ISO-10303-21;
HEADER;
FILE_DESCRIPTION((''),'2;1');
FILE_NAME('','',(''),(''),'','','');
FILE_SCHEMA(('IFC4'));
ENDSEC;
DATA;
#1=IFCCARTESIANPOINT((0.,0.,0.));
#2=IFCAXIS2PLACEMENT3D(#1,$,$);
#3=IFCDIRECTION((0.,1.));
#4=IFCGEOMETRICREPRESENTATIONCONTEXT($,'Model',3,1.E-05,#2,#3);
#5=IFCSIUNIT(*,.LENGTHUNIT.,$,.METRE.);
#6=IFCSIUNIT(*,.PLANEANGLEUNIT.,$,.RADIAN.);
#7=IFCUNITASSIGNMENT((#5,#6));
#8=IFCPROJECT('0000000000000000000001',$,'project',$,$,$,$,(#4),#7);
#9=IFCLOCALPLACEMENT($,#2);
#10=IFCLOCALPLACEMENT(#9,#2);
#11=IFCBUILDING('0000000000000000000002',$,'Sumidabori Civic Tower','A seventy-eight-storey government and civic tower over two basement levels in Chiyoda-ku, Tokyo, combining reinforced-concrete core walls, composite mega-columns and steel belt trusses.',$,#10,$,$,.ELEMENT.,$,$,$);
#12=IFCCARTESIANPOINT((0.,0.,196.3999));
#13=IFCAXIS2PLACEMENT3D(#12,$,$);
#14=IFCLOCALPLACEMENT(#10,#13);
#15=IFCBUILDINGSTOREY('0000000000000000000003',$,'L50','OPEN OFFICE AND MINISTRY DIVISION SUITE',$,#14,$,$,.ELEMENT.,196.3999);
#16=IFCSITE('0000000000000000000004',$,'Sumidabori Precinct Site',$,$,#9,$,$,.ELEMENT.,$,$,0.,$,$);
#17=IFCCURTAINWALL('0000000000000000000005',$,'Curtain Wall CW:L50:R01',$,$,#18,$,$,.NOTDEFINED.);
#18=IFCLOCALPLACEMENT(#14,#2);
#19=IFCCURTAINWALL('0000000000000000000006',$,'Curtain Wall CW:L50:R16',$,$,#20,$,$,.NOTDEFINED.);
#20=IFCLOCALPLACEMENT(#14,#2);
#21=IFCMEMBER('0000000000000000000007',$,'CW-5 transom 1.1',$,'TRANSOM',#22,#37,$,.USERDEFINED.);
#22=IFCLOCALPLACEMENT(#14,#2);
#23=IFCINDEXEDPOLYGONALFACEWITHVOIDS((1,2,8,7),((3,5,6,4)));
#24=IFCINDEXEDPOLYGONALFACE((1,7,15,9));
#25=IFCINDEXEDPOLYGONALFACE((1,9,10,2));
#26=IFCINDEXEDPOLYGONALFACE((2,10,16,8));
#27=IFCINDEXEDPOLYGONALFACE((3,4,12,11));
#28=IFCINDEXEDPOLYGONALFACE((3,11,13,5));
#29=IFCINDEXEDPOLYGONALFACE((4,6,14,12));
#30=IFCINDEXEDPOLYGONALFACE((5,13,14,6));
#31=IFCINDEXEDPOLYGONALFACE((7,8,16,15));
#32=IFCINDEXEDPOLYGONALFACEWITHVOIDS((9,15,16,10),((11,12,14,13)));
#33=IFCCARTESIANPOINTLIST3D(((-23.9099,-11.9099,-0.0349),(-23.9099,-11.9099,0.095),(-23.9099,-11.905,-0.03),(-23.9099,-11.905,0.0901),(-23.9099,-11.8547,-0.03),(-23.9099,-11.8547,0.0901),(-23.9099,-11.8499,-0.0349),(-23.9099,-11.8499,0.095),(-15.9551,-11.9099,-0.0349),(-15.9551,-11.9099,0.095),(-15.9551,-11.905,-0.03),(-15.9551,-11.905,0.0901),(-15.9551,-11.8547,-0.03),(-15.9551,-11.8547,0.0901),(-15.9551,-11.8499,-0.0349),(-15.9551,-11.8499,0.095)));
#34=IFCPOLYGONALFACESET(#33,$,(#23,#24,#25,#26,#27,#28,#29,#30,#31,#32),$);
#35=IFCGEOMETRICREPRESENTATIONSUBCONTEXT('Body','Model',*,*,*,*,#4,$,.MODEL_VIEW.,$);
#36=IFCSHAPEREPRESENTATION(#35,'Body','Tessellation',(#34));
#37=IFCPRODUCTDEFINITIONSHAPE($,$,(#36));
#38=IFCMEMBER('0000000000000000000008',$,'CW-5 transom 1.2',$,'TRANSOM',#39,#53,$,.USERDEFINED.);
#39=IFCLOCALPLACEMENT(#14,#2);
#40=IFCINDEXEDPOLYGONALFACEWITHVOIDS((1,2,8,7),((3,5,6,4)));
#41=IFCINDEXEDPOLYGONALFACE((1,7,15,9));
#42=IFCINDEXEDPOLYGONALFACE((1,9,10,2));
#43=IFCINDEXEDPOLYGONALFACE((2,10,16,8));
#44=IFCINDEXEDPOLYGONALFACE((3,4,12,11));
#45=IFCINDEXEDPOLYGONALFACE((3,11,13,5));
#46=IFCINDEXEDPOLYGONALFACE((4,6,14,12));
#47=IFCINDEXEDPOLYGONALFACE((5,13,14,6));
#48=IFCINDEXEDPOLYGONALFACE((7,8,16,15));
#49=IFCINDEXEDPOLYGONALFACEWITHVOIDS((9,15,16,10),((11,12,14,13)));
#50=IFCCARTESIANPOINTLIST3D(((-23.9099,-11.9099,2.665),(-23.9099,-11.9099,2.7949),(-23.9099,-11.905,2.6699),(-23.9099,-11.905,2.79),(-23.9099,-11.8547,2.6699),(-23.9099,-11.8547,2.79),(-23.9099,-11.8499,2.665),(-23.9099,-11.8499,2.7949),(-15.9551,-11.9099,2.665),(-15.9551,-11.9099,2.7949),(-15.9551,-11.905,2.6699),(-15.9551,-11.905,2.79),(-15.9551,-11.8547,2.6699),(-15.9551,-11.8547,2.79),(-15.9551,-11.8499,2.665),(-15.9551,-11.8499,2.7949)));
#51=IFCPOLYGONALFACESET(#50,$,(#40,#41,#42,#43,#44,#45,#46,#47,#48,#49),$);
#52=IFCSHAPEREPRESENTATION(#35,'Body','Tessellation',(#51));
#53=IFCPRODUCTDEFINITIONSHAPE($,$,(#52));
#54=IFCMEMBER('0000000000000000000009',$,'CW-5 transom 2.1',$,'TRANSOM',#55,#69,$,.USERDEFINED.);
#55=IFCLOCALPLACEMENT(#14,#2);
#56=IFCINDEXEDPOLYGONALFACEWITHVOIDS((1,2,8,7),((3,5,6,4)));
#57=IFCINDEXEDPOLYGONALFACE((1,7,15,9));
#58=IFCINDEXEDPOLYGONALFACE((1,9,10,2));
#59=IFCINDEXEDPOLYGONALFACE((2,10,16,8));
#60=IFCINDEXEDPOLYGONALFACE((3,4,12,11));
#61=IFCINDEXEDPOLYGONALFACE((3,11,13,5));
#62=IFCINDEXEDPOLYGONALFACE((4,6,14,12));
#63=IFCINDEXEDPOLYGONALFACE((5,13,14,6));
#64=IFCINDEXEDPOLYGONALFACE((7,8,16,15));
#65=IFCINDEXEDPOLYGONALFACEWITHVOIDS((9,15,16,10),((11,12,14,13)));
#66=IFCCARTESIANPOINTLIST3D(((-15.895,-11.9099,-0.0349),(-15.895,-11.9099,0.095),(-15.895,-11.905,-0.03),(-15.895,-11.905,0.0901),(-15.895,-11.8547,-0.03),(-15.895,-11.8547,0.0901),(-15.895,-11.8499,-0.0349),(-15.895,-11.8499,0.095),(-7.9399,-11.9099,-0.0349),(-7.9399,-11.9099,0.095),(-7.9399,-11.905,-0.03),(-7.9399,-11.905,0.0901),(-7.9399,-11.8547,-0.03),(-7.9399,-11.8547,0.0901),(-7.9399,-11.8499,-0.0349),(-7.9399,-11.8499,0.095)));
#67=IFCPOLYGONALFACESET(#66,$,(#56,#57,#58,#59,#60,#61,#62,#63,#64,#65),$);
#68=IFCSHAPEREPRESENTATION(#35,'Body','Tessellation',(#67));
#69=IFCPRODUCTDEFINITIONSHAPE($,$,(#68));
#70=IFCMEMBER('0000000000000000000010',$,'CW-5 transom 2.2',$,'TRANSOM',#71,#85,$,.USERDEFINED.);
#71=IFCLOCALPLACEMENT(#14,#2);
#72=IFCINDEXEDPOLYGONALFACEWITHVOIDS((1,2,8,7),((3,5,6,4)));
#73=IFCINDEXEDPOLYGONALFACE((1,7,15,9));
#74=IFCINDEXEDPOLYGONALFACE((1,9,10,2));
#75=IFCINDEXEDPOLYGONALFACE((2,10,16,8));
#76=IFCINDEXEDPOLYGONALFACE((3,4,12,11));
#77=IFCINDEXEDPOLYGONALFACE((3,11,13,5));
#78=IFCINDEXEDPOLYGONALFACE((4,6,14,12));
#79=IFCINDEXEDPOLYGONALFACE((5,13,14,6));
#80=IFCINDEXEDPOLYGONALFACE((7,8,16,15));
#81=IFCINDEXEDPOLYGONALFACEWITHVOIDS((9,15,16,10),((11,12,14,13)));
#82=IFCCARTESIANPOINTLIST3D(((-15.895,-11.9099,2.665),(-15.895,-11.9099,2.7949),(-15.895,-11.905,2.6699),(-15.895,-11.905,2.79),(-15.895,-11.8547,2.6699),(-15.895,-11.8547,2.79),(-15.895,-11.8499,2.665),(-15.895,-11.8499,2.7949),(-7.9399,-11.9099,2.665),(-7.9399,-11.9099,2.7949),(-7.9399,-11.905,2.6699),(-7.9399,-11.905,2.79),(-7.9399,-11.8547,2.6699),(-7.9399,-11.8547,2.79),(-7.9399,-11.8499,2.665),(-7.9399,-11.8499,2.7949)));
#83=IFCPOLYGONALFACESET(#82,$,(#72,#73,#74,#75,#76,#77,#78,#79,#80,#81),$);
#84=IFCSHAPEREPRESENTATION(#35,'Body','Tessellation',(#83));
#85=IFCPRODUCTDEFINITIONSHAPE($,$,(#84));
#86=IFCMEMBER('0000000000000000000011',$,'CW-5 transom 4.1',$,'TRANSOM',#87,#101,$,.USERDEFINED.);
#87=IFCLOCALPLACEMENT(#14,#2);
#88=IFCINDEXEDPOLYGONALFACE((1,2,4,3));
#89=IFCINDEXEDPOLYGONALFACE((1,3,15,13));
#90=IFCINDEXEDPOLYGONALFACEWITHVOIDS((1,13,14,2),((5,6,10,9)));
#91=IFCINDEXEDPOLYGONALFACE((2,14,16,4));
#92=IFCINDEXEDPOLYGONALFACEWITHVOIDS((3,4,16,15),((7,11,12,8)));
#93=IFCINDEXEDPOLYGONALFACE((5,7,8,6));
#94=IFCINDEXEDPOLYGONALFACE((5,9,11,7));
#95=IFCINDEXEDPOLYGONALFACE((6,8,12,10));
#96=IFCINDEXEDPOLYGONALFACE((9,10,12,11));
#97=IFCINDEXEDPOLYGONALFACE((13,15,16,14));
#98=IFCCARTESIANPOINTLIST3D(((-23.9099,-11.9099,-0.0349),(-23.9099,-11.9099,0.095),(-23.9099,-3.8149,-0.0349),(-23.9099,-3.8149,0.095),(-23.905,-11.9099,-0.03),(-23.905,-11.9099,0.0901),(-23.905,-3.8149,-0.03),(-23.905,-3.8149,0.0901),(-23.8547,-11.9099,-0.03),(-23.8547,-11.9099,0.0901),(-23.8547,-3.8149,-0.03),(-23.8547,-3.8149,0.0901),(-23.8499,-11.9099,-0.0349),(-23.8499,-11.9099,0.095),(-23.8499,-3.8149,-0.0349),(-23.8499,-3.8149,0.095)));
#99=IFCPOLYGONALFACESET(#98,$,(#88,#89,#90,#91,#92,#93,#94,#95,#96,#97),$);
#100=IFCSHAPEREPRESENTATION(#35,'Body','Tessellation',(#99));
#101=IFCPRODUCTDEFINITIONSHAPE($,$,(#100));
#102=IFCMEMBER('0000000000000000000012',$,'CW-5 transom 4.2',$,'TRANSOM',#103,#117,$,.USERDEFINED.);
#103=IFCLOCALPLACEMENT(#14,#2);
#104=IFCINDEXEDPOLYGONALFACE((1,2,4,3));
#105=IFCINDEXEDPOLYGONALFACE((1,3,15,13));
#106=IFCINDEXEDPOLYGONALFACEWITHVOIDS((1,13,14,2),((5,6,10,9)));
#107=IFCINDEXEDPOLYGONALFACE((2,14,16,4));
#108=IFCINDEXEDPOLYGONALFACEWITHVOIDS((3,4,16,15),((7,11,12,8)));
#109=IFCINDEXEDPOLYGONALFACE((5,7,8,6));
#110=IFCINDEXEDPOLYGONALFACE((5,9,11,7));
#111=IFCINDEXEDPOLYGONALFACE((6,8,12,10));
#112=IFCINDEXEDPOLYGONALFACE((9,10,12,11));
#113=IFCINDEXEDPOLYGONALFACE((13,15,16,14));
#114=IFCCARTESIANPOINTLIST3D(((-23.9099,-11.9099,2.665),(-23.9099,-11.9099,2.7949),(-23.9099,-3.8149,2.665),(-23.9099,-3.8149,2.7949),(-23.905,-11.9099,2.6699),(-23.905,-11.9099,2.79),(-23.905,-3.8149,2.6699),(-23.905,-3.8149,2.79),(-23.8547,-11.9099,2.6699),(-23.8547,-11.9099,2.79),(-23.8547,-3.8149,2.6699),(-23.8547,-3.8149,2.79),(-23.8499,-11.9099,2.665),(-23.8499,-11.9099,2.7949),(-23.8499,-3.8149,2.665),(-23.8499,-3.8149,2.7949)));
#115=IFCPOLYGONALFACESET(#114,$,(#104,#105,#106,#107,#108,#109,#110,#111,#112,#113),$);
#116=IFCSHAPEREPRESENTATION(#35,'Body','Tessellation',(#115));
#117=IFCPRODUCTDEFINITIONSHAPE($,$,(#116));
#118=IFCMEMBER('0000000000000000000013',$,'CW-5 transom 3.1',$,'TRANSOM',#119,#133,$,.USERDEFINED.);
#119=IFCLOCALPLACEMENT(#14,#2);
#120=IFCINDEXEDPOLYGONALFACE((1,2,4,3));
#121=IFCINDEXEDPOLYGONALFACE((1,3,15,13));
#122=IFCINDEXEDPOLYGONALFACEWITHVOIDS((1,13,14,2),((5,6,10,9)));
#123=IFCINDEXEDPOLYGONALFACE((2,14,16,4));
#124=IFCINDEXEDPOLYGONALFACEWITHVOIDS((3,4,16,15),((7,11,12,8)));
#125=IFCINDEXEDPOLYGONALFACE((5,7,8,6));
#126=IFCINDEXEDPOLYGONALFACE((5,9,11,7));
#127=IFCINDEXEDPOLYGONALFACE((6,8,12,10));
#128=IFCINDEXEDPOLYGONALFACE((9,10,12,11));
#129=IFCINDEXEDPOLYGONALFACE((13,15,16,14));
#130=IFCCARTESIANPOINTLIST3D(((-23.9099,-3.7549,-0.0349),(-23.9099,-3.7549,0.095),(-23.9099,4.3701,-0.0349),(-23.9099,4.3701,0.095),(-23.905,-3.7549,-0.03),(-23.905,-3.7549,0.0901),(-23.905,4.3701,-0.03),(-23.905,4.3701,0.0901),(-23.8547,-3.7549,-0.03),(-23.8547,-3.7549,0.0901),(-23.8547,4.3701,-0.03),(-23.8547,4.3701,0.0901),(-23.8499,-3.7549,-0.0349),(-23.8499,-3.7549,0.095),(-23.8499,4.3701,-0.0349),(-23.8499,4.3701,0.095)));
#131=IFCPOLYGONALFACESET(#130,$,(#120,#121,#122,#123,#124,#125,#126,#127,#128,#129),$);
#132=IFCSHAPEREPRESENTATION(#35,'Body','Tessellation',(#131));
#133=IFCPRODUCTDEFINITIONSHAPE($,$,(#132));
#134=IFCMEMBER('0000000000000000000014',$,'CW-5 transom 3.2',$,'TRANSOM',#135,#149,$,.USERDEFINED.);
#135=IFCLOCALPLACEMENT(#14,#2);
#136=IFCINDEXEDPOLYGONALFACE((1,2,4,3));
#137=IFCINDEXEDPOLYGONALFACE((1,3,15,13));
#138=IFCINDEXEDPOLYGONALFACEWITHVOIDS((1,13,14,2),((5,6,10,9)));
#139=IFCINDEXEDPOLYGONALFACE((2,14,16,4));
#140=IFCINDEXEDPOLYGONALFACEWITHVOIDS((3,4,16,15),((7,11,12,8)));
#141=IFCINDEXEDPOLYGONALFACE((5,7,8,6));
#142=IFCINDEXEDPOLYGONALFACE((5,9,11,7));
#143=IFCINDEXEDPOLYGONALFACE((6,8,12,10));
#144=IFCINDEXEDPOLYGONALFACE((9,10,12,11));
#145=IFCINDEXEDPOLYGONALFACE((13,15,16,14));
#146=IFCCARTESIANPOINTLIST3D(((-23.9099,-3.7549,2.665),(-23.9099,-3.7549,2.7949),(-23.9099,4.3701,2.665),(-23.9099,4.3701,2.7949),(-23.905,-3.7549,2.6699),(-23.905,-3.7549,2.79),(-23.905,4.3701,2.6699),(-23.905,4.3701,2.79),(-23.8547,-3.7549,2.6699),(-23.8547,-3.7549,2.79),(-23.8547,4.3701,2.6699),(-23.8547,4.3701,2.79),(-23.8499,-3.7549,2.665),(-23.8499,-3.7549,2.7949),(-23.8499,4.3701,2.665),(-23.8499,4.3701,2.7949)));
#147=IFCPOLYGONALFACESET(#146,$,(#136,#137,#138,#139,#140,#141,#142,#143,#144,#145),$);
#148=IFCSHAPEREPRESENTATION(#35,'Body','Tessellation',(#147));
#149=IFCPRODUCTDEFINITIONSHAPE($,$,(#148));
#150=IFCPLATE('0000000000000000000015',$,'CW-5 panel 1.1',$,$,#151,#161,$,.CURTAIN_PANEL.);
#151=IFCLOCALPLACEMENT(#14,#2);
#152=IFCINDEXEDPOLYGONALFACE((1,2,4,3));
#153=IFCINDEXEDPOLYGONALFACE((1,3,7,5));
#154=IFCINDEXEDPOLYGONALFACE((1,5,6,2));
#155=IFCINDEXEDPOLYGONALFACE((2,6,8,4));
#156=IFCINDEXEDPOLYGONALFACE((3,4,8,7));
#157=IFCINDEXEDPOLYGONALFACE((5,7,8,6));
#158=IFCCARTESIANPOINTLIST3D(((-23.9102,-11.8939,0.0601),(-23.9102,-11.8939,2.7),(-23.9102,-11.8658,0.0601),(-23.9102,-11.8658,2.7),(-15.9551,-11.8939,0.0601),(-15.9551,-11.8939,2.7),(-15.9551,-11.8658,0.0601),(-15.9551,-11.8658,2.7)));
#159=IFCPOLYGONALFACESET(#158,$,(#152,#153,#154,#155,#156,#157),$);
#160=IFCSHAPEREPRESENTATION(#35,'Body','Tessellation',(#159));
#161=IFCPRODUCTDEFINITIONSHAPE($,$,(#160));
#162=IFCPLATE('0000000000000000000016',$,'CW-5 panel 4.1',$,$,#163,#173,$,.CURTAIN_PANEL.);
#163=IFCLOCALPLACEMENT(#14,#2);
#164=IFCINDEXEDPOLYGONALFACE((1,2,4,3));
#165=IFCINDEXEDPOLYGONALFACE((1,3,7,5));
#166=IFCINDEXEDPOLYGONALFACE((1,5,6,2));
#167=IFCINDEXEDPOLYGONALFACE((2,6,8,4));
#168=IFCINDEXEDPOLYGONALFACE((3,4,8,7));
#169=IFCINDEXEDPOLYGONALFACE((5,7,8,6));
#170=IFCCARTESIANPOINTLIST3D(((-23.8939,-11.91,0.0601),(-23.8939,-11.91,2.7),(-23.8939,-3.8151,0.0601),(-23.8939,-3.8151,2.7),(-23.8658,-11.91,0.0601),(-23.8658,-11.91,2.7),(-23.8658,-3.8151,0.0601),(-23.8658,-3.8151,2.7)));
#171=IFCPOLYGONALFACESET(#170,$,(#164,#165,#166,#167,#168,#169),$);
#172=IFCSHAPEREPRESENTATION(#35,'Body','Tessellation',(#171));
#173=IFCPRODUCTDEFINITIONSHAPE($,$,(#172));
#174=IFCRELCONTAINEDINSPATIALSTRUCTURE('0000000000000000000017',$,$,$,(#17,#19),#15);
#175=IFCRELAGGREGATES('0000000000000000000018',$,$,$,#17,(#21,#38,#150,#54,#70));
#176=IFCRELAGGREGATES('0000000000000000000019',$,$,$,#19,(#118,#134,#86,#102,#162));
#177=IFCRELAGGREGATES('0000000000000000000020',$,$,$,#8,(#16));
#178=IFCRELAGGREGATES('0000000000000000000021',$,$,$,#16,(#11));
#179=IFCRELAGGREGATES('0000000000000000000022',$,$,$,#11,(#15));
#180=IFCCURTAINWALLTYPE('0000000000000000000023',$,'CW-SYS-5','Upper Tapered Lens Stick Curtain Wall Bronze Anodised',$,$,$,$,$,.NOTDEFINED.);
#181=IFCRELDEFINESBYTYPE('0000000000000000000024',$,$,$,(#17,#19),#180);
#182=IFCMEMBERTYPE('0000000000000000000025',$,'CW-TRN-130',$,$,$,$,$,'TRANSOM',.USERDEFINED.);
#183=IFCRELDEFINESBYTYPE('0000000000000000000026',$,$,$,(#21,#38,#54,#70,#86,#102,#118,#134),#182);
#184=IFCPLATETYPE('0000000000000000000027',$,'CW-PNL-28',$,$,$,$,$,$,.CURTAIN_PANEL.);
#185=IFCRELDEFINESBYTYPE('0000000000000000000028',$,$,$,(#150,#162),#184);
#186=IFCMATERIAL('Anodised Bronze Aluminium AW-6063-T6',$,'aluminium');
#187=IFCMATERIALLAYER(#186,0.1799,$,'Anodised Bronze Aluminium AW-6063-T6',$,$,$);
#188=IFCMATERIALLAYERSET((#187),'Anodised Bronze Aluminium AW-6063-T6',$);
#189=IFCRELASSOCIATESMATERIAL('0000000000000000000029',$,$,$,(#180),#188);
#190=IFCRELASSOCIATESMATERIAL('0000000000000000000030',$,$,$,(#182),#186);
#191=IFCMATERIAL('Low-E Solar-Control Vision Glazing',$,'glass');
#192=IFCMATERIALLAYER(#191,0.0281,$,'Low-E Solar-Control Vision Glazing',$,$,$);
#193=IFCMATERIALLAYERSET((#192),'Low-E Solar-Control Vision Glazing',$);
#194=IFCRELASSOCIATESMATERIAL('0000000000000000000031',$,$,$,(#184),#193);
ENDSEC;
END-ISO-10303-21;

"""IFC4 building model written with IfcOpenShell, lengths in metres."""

from ifc_helpers import new_model, si_unit, direction, frame, origin, origin_2d, place, context, subcontext, project, spatial, rectangle, hollow_rectangle, extrude, source, transform, mapped, material, layer, layer_set, material_profile, profile_set, type_object, element, aggregate, save


model = new_model("IFC4")

# Units and contexts
model_context = context("Model", 3, precision=1e-05, world=origin(), true_north=direction((0.0, 1.0)))
body_context = subcontext(model_context, "Body", "Model", "MODEL_VIEW")
ifc_project = project(units=[si_unit("LENGTHUNIT", "METRE"), si_unit("PLANEANGLEUNIT", "RADIAN")], contexts=[model_context])

# Site, building, storey
site_placement = place(None, origin())
site = spatial("IfcSite", under=ifc_project, at=site_placement, Name="Sumidabori Precinct Site", CompositionType="ELEMENT", RefElevation=0.0)
building_placement = place(site_placement, origin())
building = spatial("IfcBuilding", under=site, at=building_placement, Name="Sumidabori Civic Tower", Description="A seventy-eight-storey government and civic tower over two basement levels in Chiyoda-ku, Tokyo, combining reinforced-concrete core walls, composite mega-columns and steel belt trusses.", CompositionType="ELEMENT")
storey_placement = place(building_placement, frame((0.0, 0.0, 196.3999)))
storey = spatial("IfcBuildingStorey", under=building, at=storey_placement, Name="L50", Description="OPEN OFFICE AND MINISTRY DIVISION SUITE", CompositionType="ELEMENT", Elevation=196.3999)

# Curtain walls
ifc_material_1 = material(Name="Anodised Bronze Aluminium AW-6063-T6", Category="aluminium")
ifc_layer_1 = layer(ifc_material_1, 0.1799, Name="Anodised Bronze Aluminium AW-6063-T6")
ifc_layer_set_1 = layer_set([ifc_layer_1], Name="Anodised Bronze Aluminium AW-6063-T6")
curtain_wall_type = type_object("IfcCurtainWallType", Name="CW-SYS-5", Description="Upper Tapered Lens Stick Curtain Wall Bronze Anodised", PredefinedType="NOTDEFINED", material=ifc_layer_set_1)
curtain_wall_1_placement = place(storey_placement, origin())
curtain_wall_1 = element("IfcCurtainWall", 1, at=curtain_wall_1_placement, inside=storey, type_object=curtain_wall_type, Name="Curtain Wall CW:L50:R01", PredefinedType="NOTDEFINED")
curtain_wall_2_placement = place(storey_placement, origin())
curtain_wall_2 = element("IfcCurtainWall", 2, at=curtain_wall_2_placement, inside=storey, type_object=curtain_wall_type, Name="Curtain Wall CW:L50:R16", PredefinedType="NOTDEFINED")

# Members
ifc_material_profile_1 = material_profile(ifc_material_1, hollow_rectangle(XDim=0.0601, YDim=0.1299, WallThickness=0.0049, at=origin_2d()), Name="ALU TRANSOM 130x60")
ifc_profile_set_1 = profile_set([ifc_material_profile_1], Name="Anodised Bronze Aluminium AW-6063-T6")
member_type_1 = type_object("IfcMemberType", Name="CW-TRN-130", ElementType="TRANSOM", PredefinedType="USERDEFINED", material=ifc_profile_set_1)
shared_shape_1 = source(origin(), body_context, "Body", "SweptSolid", [
    extrude(hollow_rectangle(XDim=0.0601, YDim=0.1299, WallThickness=0.0049, at=origin_2d()), origin(), (0.0, 0.0, 1.0), 7.9548),
])
member_1_placement = place(storey_placement, frame((-23.9099, -11.8799, 0.03), z_axis=(1.0, 0.0, 0.0), x_axis=(0.0, 1.0, 0.0)))
member_1 = element("IfcMember", 3, at=member_1_placement, type_object=member_type_1, Name="CW-5 transom 1.1", ObjectType="TRANSOM", PredefinedType="USERDEFINED", context=body_context, shape_type="MappedRepresentation", body=[
    mapped(shared_shape_1, transform((0.0, 0.0, 0.0), x_axis=(1.0, 0.0, 0.0), y_axis=(0.0, 1.0, 0.0), z_axis=(0.0, 0.0, 1.0), scale=1.0)),
])
member_2_placement = place(storey_placement, frame((-23.9099, -11.8799, 2.73), z_axis=(1.0, 0.0, 0.0), x_axis=(0.0, 1.0, 0.0)))
member_2 = element("IfcMember", 4, at=member_2_placement, type_object=member_type_1, Name="CW-5 transom 1.2", ObjectType="TRANSOM", PredefinedType="USERDEFINED", context=body_context, shape_type="MappedRepresentation", body=[
    mapped(shared_shape_1, transform((0.0, 0.0, 0.0), x_axis=(1.0, 0.0, 0.0), y_axis=(0.0, 1.0, 0.0), z_axis=(0.0, 0.0, 1.0), scale=1.0)),
])
shared_shape_2 = source(origin(), body_context, "Body", "SweptSolid", [
    extrude(hollow_rectangle(XDim=0.0601, YDim=0.1299, WallThickness=0.0049, at=origin_2d()), origin(), (0.0, 0.0, 1.0), 7.9551),
])
member_3_placement = place(storey_placement, frame((-15.895, -11.8799, 0.03), z_axis=(1.0, 0.0, 0.0), x_axis=(0.0, 1.0, 0.0)))
member_3 = element("IfcMember", 5, at=member_3_placement, type_object=member_type_1, Name="CW-5 transom 2.1", ObjectType="TRANSOM", PredefinedType="USERDEFINED", context=body_context, shape_type="MappedRepresentation", body=[
    mapped(shared_shape_2, transform((0.0, 0.0, 0.0), x_axis=(1.0, 0.0, 0.0), y_axis=(0.0, 1.0, 0.0), z_axis=(0.0, 0.0, 1.0), scale=1.0)),
])
member_4_placement = place(storey_placement, frame((-15.895, -11.8799, 2.73), z_axis=(1.0, 0.0, 0.0), x_axis=(0.0, 1.0, 0.0)))
member_4 = element("IfcMember", 6, at=member_4_placement, type_object=member_type_1, Name="CW-5 transom 2.2", ObjectType="TRANSOM", PredefinedType="USERDEFINED", context=body_context, shape_type="MappedRepresentation", body=[
    mapped(shared_shape_2, transform((0.0, 0.0, 0.0), x_axis=(1.0, 0.0, 0.0), y_axis=(0.0, 1.0, 0.0), z_axis=(0.0, 0.0, 1.0), scale=1.0)),
])
shared_shape_3 = source(origin(), body_context, "Body", "SweptSolid", [
    extrude(hollow_rectangle(XDim=0.0601, YDim=0.1299, WallThickness=0.0049, at=origin_2d()), origin(), (0.0, 0.0, 1.0), 8.095),
])
member_5_placement = place(storey_placement, frame((-23.8799, -3.8149, 0.03), z_axis=(0.0, -1.0, 0.0), x_axis=(1.0, 0.0, 0.0)))
member_5 = element("IfcMember", 7, at=member_5_placement, type_object=member_type_1, Name="CW-5 transom 4.1", ObjectType="TRANSOM", PredefinedType="USERDEFINED", context=body_context, shape_type="MappedRepresentation", body=[
    mapped(shared_shape_3, transform((0.0, 0.0, 0.0), x_axis=(1.0, 0.0, 0.0), y_axis=(0.0, 1.0, 0.0), z_axis=(0.0, 0.0, 1.0), scale=1.0)),
])
member_6_placement = place(storey_placement, frame((-23.8799, -3.8149, 2.73), z_axis=(0.0, -1.0, 0.0), x_axis=(1.0, 0.0, 0.0)))
member_6 = element("IfcMember", 8, at=member_6_placement, type_object=member_type_1, Name="CW-5 transom 4.2", ObjectType="TRANSOM", PredefinedType="USERDEFINED", context=body_context, shape_type="MappedRepresentation", body=[
    mapped(shared_shape_3, transform((0.0, 0.0, 0.0), x_axis=(1.0, 0.0, 0.0), y_axis=(0.0, 1.0, 0.0), z_axis=(0.0, 0.0, 1.0), scale=1.0)),
])
shared_shape_4 = source(origin(), body_context, "Body", "SweptSolid", [
    extrude(hollow_rectangle(XDim=0.0601, YDim=0.1299, WallThickness=0.0049, at=origin_2d()), origin(), (0.0, 0.0, 1.0), 8.125),
])
member_7_placement = place(storey_placement, frame((-23.8799, 4.3701, 0.03), z_axis=(0.0, -1.0, 0.0), x_axis=(1.0, 0.0, 0.0)))
member_7 = element("IfcMember", 9, at=member_7_placement, type_object=member_type_1, Name="CW-5 transom 3.1", ObjectType="TRANSOM", PredefinedType="USERDEFINED", context=body_context, shape_type="MappedRepresentation", body=[
    mapped(shared_shape_4, transform((0.0, 0.0, 0.0), x_axis=(1.0, 0.0, 0.0), y_axis=(0.0, 1.0, 0.0), z_axis=(0.0, 0.0, 1.0), scale=1.0)),
])
member_8_placement = place(storey_placement, frame((-23.8799, 4.3701, 2.73), z_axis=(0.0, -1.0, 0.0), x_axis=(1.0, 0.0, 0.0)))
member_8 = element("IfcMember", 10, at=member_8_placement, type_object=member_type_1, Name="CW-5 transom 3.2", ObjectType="TRANSOM", PredefinedType="USERDEFINED", context=body_context, shape_type="MappedRepresentation", body=[
    mapped(shared_shape_4, transform((0.0, 0.0, 0.0), x_axis=(1.0, 0.0, 0.0), y_axis=(0.0, 1.0, 0.0), z_axis=(0.0, 0.0, 1.0), scale=1.0)),
])

# Plates
ifc_material_2 = material(Name="Low-E Solar-Control Vision Glazing", Category="glass")
ifc_layer_2 = layer(ifc_material_2, 0.0281, Name="Low-E Solar-Control Vision Glazing")
ifc_layer_set_2 = layer_set([ifc_layer_2], Name="Low-E Solar-Control Vision Glazing")
plate_type = type_object("IfcPlateType", Name="CW-PNL-28", PredefinedType="CURTAIN_PANEL", material=ifc_layer_set_2)
shared_shape_5 = source(origin(), body_context, "Body", "SweptSolid", [
    extrude(rectangle(XDim=7.9551, YDim=0.0281, at=origin_2d()), origin(), (0.0, 0.0, 1.0), 2.6399),
])
plate_1_placement = place(storey_placement, frame((-19.9326, -11.8799, 0.0601), z_axis=(0.0, 0.0, 1.0), x_axis=(1.0, 0.0, 0.0)))
plate_1 = element("IfcPlate", 11, at=plate_1_placement, type_object=plate_type, Name="CW-5 panel 1.1", PredefinedType="CURTAIN_PANEL", context=body_context, shape_type="MappedRepresentation", body=[
    mapped(shared_shape_5, transform((0.0, 0.0, 0.0), x_axis=(1.0, 0.0, 0.0), y_axis=(0.0, 1.0, 0.0), z_axis=(0.0, 0.0, 1.0), scale=1.0)),
])
aggregate(curtain_wall_1, [member_1, member_2, plate_1, member_3, member_4])
shared_shape_6 = source(origin(), body_context, "Body", "SweptSolid", [
    extrude(rectangle(XDim=8.095, YDim=0.0281, at=origin_2d()), origin(), (0.0, 0.0, 1.0), 2.6399),
])
plate_2_placement = place(storey_placement, frame((-23.8799, -7.8625, 0.0601), z_axis=(0.0, 0.0, 1.0), x_axis=(0.0, -1.0, 0.0)))
plate_2 = element("IfcPlate", 12, at=plate_2_placement, type_object=plate_type, Name="CW-5 panel 4.1", PredefinedType="CURTAIN_PANEL", context=body_context, shape_type="MappedRepresentation", body=[
    mapped(shared_shape_6, transform((0.0, 0.0, 0.0), x_axis=(1.0, 0.0, 0.0), y_axis=(0.0, 1.0, 0.0), z_axis=(0.0, 0.0, 1.0), scale=1.0)),
])
aggregate(curtain_wall_2, [member_7, member_8, member_5, member_6, plate_2])

save(model, "model.ifc")
